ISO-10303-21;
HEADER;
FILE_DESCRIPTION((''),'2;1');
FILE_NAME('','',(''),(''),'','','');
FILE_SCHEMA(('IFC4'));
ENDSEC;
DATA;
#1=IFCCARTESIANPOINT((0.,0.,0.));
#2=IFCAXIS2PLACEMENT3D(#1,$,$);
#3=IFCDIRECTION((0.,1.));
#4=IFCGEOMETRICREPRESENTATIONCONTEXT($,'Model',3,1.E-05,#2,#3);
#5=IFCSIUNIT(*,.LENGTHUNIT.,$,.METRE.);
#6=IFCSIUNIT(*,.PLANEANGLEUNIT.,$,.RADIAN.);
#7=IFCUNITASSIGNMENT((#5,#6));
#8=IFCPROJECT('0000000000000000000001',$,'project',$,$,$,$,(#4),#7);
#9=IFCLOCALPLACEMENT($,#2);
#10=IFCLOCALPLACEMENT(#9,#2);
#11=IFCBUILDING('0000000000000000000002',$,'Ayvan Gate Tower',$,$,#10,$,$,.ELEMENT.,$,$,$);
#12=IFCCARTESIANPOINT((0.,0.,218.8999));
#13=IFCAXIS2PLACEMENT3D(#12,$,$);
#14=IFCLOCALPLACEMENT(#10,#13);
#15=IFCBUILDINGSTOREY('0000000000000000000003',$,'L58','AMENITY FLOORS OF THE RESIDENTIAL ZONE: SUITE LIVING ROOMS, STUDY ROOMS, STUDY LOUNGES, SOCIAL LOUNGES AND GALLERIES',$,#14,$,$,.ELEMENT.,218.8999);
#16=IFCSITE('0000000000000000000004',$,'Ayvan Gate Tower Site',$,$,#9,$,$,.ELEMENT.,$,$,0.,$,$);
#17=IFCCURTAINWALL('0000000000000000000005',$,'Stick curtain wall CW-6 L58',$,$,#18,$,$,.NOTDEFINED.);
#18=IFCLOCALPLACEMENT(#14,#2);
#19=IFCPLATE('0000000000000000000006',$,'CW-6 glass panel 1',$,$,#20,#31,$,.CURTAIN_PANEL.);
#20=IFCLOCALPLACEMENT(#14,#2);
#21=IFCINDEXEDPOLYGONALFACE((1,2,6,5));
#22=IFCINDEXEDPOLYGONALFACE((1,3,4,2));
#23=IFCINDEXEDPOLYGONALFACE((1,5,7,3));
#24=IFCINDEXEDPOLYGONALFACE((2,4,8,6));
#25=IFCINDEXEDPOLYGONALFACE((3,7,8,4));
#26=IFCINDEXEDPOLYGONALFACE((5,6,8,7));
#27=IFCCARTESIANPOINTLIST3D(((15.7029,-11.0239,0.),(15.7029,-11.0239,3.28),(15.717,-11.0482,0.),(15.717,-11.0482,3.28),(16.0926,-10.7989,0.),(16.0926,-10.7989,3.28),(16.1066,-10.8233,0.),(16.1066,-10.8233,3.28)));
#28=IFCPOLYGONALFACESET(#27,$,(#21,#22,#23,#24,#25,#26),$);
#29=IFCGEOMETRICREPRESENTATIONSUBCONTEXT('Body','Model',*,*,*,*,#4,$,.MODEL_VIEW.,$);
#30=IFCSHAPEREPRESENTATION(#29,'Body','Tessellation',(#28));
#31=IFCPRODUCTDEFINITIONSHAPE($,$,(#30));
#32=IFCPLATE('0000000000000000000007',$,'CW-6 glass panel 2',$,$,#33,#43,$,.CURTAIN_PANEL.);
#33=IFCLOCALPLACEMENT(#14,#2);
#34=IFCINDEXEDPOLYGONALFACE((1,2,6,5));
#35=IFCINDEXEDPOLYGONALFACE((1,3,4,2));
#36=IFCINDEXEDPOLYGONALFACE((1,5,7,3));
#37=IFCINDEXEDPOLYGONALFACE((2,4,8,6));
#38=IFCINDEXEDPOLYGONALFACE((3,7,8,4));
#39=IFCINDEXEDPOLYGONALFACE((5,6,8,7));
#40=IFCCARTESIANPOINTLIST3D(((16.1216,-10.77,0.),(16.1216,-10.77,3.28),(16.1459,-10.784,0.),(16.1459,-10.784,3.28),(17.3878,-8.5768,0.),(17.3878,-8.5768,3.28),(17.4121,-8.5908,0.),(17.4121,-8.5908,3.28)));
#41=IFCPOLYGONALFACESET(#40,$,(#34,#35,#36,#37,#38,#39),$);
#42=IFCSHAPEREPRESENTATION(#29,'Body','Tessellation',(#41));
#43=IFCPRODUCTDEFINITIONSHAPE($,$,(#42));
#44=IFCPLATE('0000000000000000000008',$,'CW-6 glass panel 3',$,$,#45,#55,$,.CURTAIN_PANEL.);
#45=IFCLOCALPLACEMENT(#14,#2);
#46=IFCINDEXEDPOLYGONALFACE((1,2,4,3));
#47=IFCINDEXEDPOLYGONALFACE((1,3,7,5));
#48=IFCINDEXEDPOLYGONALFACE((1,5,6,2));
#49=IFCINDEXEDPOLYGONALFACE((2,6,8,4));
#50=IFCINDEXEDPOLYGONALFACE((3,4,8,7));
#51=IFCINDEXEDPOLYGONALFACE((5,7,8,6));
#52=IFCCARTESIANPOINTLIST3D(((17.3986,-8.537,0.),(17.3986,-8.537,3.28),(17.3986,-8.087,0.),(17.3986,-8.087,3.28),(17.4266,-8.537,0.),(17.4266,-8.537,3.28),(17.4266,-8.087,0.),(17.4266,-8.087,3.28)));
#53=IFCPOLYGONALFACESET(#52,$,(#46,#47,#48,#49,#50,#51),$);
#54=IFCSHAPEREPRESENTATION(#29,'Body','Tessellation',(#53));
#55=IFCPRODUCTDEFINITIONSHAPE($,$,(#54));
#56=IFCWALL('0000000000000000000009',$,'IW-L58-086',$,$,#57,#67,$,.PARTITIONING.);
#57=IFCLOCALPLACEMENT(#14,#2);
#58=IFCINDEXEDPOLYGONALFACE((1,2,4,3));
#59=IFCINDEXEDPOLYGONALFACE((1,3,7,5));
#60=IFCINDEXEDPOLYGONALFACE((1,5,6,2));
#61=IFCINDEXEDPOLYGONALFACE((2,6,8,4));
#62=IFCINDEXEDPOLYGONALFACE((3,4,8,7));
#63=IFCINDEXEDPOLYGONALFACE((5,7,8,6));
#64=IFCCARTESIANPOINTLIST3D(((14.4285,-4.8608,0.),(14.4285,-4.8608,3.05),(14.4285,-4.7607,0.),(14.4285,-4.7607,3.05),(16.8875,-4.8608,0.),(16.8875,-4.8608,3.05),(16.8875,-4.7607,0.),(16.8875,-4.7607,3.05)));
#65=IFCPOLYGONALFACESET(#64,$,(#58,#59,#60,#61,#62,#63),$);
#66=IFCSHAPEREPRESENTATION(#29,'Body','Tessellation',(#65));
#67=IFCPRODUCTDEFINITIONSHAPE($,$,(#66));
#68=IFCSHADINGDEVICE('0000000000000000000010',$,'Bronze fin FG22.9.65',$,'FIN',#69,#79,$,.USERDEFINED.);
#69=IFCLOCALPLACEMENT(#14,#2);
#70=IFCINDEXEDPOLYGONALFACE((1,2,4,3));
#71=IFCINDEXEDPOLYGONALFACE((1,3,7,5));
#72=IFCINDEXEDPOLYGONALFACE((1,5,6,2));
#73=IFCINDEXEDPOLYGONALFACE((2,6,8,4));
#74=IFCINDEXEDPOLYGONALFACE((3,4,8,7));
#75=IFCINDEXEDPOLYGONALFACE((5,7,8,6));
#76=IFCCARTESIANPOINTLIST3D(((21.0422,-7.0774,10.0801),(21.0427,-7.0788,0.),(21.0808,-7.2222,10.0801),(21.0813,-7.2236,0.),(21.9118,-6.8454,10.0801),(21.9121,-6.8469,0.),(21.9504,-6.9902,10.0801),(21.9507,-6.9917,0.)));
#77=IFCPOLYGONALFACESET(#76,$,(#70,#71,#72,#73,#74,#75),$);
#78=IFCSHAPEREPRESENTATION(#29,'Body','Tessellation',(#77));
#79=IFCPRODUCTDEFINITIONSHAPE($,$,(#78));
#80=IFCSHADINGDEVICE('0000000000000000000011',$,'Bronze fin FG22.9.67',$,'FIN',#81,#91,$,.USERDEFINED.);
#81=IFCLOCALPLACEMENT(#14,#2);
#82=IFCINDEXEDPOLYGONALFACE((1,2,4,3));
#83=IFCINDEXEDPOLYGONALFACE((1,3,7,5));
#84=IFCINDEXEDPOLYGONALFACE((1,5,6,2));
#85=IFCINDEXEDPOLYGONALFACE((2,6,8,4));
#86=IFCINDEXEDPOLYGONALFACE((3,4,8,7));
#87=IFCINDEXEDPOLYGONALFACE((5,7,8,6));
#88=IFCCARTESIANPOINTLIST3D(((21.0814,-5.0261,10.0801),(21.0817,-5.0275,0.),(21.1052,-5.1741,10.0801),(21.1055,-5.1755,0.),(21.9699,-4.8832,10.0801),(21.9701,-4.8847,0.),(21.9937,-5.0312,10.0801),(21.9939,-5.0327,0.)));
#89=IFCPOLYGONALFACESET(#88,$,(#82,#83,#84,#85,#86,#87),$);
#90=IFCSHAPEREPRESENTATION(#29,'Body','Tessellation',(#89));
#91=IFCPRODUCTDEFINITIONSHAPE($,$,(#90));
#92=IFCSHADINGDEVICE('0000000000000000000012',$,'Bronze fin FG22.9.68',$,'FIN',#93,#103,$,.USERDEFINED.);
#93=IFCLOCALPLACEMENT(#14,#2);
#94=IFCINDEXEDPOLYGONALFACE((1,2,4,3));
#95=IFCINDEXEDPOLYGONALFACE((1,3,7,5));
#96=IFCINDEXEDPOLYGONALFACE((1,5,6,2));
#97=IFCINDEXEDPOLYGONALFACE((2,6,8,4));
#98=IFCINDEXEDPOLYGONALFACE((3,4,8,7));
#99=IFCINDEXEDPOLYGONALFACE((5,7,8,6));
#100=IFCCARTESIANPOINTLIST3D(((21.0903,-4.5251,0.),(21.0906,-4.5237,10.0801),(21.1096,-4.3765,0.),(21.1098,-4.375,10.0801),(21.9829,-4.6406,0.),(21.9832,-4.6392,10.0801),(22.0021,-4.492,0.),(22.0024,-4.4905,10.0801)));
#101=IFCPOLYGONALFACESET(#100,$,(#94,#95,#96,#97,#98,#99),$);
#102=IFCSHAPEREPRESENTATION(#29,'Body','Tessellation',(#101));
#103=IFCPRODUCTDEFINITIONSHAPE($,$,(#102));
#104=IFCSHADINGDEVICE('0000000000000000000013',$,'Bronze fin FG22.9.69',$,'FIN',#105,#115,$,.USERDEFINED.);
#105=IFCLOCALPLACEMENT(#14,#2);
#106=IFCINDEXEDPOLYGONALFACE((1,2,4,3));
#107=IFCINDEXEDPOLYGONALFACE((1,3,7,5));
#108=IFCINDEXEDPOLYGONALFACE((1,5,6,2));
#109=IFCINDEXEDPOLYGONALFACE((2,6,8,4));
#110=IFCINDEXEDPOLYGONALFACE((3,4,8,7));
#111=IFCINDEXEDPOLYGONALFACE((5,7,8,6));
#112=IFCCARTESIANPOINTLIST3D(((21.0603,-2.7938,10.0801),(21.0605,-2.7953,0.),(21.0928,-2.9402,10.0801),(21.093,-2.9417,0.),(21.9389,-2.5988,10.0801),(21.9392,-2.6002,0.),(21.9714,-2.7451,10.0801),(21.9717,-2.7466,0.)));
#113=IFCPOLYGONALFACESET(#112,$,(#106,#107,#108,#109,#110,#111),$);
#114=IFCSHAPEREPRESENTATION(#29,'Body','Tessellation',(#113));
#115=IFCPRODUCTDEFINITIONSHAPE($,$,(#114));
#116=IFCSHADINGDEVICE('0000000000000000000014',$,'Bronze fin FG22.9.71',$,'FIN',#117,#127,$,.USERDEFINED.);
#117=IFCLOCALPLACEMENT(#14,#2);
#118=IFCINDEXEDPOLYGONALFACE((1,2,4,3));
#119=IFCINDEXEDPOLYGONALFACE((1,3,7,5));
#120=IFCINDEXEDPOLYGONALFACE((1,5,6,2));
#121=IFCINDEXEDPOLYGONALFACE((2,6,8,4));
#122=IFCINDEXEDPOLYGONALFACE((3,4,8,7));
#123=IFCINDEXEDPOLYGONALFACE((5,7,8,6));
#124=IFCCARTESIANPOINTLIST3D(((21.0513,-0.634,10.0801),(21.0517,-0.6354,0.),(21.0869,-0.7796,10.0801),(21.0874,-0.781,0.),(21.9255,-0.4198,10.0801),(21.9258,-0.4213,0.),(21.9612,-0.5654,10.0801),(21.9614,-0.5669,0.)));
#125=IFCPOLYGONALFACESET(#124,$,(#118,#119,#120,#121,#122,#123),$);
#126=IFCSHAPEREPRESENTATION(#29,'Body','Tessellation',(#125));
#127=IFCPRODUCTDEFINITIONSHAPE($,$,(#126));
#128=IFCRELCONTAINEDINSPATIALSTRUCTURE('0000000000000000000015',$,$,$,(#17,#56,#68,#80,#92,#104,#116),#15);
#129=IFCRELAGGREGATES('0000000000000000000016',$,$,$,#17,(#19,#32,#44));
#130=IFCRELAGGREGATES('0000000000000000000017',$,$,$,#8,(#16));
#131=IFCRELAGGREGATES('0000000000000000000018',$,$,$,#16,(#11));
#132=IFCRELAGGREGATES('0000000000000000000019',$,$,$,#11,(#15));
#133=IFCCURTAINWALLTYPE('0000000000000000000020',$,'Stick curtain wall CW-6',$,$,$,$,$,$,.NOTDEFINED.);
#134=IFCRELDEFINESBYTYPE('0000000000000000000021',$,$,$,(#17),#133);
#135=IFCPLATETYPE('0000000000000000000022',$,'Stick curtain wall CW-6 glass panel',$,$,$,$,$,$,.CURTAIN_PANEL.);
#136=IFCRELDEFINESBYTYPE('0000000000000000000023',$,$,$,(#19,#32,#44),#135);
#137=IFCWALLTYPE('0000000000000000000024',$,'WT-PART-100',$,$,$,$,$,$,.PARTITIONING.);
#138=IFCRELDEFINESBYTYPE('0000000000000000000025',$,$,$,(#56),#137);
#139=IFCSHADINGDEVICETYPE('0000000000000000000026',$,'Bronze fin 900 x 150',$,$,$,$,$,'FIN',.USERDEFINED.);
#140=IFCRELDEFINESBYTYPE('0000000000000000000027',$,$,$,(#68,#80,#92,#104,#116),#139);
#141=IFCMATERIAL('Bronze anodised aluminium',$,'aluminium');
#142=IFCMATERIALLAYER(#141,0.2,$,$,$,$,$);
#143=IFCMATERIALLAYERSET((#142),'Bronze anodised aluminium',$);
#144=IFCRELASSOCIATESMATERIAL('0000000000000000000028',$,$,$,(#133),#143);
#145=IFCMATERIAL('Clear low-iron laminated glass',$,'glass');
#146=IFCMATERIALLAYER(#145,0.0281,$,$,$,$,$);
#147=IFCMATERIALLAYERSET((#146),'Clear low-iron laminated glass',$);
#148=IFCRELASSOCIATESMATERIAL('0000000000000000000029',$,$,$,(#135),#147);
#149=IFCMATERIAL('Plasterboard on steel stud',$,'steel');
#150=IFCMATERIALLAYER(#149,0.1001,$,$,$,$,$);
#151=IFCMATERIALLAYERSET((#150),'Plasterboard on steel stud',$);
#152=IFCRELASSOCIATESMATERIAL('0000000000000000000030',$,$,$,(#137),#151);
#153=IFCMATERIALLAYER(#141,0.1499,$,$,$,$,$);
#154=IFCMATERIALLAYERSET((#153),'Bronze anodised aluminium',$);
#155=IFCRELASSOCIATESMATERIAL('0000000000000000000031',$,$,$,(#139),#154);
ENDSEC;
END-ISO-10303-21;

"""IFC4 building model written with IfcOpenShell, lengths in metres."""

from ifc_helpers import new_model, si_unit, direction, frame, frame_2d, origin, origin_2d, place, context, subcontext, project, spatial, polyline, rectangle, outline, extrude, material, layer, layer_set, type_object, element, aggregate, save


model = new_model("IFC4")

# Units and contexts
model_context = context("Model", 3, precision=1e-05, world=origin(), true_north=direction((0.0, 1.0)))
body_context = subcontext(model_context, "Body", "Model", "MODEL_VIEW")
ifc_project = project(units=[si_unit("LENGTHUNIT", "METRE"), si_unit("PLANEANGLEUNIT", "RADIAN")], contexts=[model_context])

# Site, building, storey
site_placement = place(None, origin())
site = spatial("IfcSite", under=ifc_project, at=site_placement, Name="Ayvan Gate Tower Site", CompositionType="ELEMENT", RefElevation=0.0)
building_placement = place(site_placement, origin())
building = spatial("IfcBuilding", under=site, at=building_placement, Name="Ayvan Gate Tower", CompositionType="ELEMENT")
storey_placement = place(building_placement, frame((0.0, 0.0, 218.8999)))
storey = spatial("IfcBuildingStorey", under=building, at=storey_placement, Name="L58", Description="AMENITY FLOORS OF THE RESIDENTIAL ZONE: SUITE LIVING ROOMS, STUDY ROOMS, STUDY LOUNGES, SOCIAL LOUNGES AND GALLERIES", CompositionType="ELEMENT", Elevation=218.8999)

# Curtain wall
ifc_material_1 = material(Name="Bronze anodised aluminium", Category="aluminium")
ifc_layer_1 = layer(ifc_material_1, 0.2)
ifc_layer_set_1 = layer_set([ifc_layer_1], Name="Bronze anodised aluminium")
curtain_wall_type_1 = type_object("IfcCurtainWallType", Name="Stick curtain wall CW-6", PredefinedType="NOTDEFINED", material=ifc_layer_set_1)
curtain_wall_1_placement = place(storey_placement, origin())
curtain_wall_1 = element("IfcCurtainWall", 1, at=curtain_wall_1_placement, inside=storey, type_object=curtain_wall_type_1, Name="Stick curtain wall CW-6 L58", PredefinedType="NOTDEFINED")

# Plates
ifc_material_2 = material(Name="Clear low-iron laminated glass", Category="glass")
ifc_layer_2 = layer(ifc_material_2, 0.0281)
ifc_layer_set_2 = layer_set([ifc_layer_2], Name="Clear low-iron laminated glass")
plate_type_1 = type_object("IfcPlateType", Name="Stick curtain wall CW-6 glass panel", PredefinedType="CURTAIN_PANEL", material=ifc_layer_set_2)
plate_1_placement = place(storey_placement, frame((15.9048, -10.9236, 0.0), z_axis=(0.0, 0.0, 1.0), x_axis=(0.866025, 0.5, 0.0)))
plate_1 = element("IfcPlate", 2, at=plate_1_placement, type_object=plate_type_1, Name="CW-6 glass panel 1", PredefinedType="CURTAIN_PANEL", context=body_context, shape_type="SweptSolid", body=[
    extrude(rectangle(XDim=0.45, YDim=0.0281, at=origin_2d()), origin(), (0.0, 0.0, 1.0), 3.28),
])
plate_2_placement = place(storey_placement, frame((16.7668, -9.6804, 0.0), z_axis=(0.0, 0.0, 1.0), x_axis=(0.5, 0.866025, 0.0)))
plate_2 = element("IfcPlate", 3, at=plate_2_placement, type_object=plate_type_1, Name="CW-6 glass panel 2", PredefinedType="CURTAIN_PANEL", context=body_context, shape_type="SweptSolid", body=[
    extrude(rectangle(XDim=2.5325, YDim=0.0281, at=origin_2d()), origin(), (0.0, 0.0, 1.0), 3.28),
])
plate_3_placement = place(storey_placement, frame((17.4126, -8.312, 0.0), z_axis=(0.0, 0.0, 1.0), x_axis=(0.0, 1.0, 0.0)))
plate_3 = element("IfcPlate", 4, at=plate_3_placement, type_object=plate_type_1, Name="CW-6 glass panel 3", PredefinedType="CURTAIN_PANEL", context=body_context, shape_type="SweptSolid", body=[
    extrude(rectangle(XDim=0.45, YDim=0.0281, at=origin_2d()), origin(), (0.0, 0.0, 1.0), 3.28),
])
aggregate(curtain_wall_1, [plate_1, plate_2, plate_3])

# Wall
ifc_material_3 = material(Name="Plasterboard on steel stud", Category="steel")
ifc_layer_3 = layer(ifc_material_3, 0.1001)
ifc_layer_set_3 = layer_set([ifc_layer_3], Name="Plasterboard on steel stud")
wall_type = type_object("IfcWallType", Name="WT-PART-100", PredefinedType="PARTITIONING", material=ifc_layer_set_3)
wall_placement = place(storey_placement, frame((16.8875, -4.8108, 0.0), z_axis=(0.0, 0.0, 1.0), x_axis=(-1.0, 0.0, 0.0)))
element("IfcWall", 5, at=wall_placement, inside=storey, type_object=wall_type, Name="IW-L58-086", PredefinedType="PARTITIONING", context=body_context, shape_type="SweptSolid", body=[
    extrude(rectangle(XDim=2.459, YDim=0.1001, at=frame_2d((1.2295, 0.0))), origin(), (0.0, 0.0, 1.0), 3.05),
])

# Shading devices
ifc_layer_4 = layer(ifc_material_1, 0.1499)
ifc_layer_set_4 = layer_set([ifc_layer_4], Name="Bronze anodised aluminium")
shading_device_type = type_object("IfcShadingDeviceType", Name="Bronze fin 900 x 150", ElementType="FIN", PredefinedType="USERDEFINED", material=ifc_layer_set_4)
shading_device_1_placement = place(storey_placement, frame((21.0813, -7.2236, 0.0), z_axis=(0.25773, -0.966217, 0.00015), x_axis=(0.966217, 0.25773, 0.0)))
element("IfcShadingDevice", 6, at=shading_device_1_placement, inside=storey, type_object=shading_device_type, Name="Bronze fin FG22.9.65", ObjectType="FIN", PredefinedType="USERDEFINED", context=body_context, shape_type="SweptSolid", body=[
    extrude(outline(polyline([(0.0, 0.0), (0.8998, 0.0), (0.8999, 10.0801), (-0.0001, 10.0801), (0.0, 0.0)])), origin(), (0.0, 0.0, -1.0), 0.1499),
])
shading_device_2_placement = place(storey_placement, frame((21.1055, -5.1755, 0.0), z_axis=(0.158721, -0.987324, 0.000147), x_axis=(0.987324, 0.158721, 0.0)))
element("IfcShadingDevice", 7, at=shading_device_2_placement, inside=storey, type_object=shading_device_type, Name="Bronze fin FG22.9.67", ObjectType="FIN", PredefinedType="USERDEFINED", context=body_context, shape_type="SweptSolid", body=[
    extrude(outline(polyline([(0.0, 0.0), (0.8998, 0.0), (0.8998, 10.0801), (0.0, 10.0801), (0.0, 0.0)])), origin(), (0.0, 0.0, -1.0), 0.1499),
])
shading_device_3_placement = place(storey_placement, frame((21.0903, -4.5251, 0.0), z_axis=(-0.128307, -0.991734, 0.000147), x_axis=(0.991734, -0.128307, 0.0)))
element("IfcShadingDevice", 8, at=shading_device_3_placement, inside=storey, type_object=shading_device_type, Name="Bronze fin FG22.9.68", ObjectType="FIN", PredefinedType="USERDEFINED", context=body_context, shape_type="SweptSolid", body=[
    extrude(outline(polyline([(0.0, 0.0), (0.9, 0.0), (0.9001, 10.0801), (0.0001, 10.0801), (0.0, 0.0)])), origin(), (0.0, 0.0, -1.0), 0.1499),
])
shading_device_4_placement = place(storey_placement, frame((21.093, -2.9417, 0.0), z_axis=(0.216729, -0.976232, 0.000147), x_axis=(0.976232, 0.216729, 0.0)))
element("IfcShadingDevice", 9, at=shading_device_4_placement, inside=storey, type_object=shading_device_type, Name="Bronze fin FG22.9.69", ObjectType="FIN", PredefinedType="USERDEFINED", context=body_context, shape_type="SweptSolid", body=[
    extrude(outline(polyline([(0.0, 0.0), (0.9001, 0.0), (0.9001, 10.0801), (0.0001, 10.0801), (0.0, 0.0)])), origin(), (0.0, 0.0, -1.0), 0.1499),
])
shading_device_5_placement = place(storey_placement, frame((21.0874, -0.781, 0.0), z_axis=(0.237905, -0.971288, 0.00015), x_axis=(0.971288, 0.237905, 0.0)))
element("IfcShadingDevice", 10, at=shading_device_5_placement, inside=storey, type_object=shading_device_type, Name="Bronze fin FG22.9.71", ObjectType="FIN", PredefinedType="USERDEFINED", context=body_context, shape_type="SweptSolid", body=[
    extrude(outline(polyline([(0.0, 0.0), (0.8999, 0.0), (0.9, 10.0801), (-0.0001, 10.0801), (0.0, 0.0)])), origin(), (0.0, 0.0, -1.0), 0.1499),
])

save(model, "model.ifc")
